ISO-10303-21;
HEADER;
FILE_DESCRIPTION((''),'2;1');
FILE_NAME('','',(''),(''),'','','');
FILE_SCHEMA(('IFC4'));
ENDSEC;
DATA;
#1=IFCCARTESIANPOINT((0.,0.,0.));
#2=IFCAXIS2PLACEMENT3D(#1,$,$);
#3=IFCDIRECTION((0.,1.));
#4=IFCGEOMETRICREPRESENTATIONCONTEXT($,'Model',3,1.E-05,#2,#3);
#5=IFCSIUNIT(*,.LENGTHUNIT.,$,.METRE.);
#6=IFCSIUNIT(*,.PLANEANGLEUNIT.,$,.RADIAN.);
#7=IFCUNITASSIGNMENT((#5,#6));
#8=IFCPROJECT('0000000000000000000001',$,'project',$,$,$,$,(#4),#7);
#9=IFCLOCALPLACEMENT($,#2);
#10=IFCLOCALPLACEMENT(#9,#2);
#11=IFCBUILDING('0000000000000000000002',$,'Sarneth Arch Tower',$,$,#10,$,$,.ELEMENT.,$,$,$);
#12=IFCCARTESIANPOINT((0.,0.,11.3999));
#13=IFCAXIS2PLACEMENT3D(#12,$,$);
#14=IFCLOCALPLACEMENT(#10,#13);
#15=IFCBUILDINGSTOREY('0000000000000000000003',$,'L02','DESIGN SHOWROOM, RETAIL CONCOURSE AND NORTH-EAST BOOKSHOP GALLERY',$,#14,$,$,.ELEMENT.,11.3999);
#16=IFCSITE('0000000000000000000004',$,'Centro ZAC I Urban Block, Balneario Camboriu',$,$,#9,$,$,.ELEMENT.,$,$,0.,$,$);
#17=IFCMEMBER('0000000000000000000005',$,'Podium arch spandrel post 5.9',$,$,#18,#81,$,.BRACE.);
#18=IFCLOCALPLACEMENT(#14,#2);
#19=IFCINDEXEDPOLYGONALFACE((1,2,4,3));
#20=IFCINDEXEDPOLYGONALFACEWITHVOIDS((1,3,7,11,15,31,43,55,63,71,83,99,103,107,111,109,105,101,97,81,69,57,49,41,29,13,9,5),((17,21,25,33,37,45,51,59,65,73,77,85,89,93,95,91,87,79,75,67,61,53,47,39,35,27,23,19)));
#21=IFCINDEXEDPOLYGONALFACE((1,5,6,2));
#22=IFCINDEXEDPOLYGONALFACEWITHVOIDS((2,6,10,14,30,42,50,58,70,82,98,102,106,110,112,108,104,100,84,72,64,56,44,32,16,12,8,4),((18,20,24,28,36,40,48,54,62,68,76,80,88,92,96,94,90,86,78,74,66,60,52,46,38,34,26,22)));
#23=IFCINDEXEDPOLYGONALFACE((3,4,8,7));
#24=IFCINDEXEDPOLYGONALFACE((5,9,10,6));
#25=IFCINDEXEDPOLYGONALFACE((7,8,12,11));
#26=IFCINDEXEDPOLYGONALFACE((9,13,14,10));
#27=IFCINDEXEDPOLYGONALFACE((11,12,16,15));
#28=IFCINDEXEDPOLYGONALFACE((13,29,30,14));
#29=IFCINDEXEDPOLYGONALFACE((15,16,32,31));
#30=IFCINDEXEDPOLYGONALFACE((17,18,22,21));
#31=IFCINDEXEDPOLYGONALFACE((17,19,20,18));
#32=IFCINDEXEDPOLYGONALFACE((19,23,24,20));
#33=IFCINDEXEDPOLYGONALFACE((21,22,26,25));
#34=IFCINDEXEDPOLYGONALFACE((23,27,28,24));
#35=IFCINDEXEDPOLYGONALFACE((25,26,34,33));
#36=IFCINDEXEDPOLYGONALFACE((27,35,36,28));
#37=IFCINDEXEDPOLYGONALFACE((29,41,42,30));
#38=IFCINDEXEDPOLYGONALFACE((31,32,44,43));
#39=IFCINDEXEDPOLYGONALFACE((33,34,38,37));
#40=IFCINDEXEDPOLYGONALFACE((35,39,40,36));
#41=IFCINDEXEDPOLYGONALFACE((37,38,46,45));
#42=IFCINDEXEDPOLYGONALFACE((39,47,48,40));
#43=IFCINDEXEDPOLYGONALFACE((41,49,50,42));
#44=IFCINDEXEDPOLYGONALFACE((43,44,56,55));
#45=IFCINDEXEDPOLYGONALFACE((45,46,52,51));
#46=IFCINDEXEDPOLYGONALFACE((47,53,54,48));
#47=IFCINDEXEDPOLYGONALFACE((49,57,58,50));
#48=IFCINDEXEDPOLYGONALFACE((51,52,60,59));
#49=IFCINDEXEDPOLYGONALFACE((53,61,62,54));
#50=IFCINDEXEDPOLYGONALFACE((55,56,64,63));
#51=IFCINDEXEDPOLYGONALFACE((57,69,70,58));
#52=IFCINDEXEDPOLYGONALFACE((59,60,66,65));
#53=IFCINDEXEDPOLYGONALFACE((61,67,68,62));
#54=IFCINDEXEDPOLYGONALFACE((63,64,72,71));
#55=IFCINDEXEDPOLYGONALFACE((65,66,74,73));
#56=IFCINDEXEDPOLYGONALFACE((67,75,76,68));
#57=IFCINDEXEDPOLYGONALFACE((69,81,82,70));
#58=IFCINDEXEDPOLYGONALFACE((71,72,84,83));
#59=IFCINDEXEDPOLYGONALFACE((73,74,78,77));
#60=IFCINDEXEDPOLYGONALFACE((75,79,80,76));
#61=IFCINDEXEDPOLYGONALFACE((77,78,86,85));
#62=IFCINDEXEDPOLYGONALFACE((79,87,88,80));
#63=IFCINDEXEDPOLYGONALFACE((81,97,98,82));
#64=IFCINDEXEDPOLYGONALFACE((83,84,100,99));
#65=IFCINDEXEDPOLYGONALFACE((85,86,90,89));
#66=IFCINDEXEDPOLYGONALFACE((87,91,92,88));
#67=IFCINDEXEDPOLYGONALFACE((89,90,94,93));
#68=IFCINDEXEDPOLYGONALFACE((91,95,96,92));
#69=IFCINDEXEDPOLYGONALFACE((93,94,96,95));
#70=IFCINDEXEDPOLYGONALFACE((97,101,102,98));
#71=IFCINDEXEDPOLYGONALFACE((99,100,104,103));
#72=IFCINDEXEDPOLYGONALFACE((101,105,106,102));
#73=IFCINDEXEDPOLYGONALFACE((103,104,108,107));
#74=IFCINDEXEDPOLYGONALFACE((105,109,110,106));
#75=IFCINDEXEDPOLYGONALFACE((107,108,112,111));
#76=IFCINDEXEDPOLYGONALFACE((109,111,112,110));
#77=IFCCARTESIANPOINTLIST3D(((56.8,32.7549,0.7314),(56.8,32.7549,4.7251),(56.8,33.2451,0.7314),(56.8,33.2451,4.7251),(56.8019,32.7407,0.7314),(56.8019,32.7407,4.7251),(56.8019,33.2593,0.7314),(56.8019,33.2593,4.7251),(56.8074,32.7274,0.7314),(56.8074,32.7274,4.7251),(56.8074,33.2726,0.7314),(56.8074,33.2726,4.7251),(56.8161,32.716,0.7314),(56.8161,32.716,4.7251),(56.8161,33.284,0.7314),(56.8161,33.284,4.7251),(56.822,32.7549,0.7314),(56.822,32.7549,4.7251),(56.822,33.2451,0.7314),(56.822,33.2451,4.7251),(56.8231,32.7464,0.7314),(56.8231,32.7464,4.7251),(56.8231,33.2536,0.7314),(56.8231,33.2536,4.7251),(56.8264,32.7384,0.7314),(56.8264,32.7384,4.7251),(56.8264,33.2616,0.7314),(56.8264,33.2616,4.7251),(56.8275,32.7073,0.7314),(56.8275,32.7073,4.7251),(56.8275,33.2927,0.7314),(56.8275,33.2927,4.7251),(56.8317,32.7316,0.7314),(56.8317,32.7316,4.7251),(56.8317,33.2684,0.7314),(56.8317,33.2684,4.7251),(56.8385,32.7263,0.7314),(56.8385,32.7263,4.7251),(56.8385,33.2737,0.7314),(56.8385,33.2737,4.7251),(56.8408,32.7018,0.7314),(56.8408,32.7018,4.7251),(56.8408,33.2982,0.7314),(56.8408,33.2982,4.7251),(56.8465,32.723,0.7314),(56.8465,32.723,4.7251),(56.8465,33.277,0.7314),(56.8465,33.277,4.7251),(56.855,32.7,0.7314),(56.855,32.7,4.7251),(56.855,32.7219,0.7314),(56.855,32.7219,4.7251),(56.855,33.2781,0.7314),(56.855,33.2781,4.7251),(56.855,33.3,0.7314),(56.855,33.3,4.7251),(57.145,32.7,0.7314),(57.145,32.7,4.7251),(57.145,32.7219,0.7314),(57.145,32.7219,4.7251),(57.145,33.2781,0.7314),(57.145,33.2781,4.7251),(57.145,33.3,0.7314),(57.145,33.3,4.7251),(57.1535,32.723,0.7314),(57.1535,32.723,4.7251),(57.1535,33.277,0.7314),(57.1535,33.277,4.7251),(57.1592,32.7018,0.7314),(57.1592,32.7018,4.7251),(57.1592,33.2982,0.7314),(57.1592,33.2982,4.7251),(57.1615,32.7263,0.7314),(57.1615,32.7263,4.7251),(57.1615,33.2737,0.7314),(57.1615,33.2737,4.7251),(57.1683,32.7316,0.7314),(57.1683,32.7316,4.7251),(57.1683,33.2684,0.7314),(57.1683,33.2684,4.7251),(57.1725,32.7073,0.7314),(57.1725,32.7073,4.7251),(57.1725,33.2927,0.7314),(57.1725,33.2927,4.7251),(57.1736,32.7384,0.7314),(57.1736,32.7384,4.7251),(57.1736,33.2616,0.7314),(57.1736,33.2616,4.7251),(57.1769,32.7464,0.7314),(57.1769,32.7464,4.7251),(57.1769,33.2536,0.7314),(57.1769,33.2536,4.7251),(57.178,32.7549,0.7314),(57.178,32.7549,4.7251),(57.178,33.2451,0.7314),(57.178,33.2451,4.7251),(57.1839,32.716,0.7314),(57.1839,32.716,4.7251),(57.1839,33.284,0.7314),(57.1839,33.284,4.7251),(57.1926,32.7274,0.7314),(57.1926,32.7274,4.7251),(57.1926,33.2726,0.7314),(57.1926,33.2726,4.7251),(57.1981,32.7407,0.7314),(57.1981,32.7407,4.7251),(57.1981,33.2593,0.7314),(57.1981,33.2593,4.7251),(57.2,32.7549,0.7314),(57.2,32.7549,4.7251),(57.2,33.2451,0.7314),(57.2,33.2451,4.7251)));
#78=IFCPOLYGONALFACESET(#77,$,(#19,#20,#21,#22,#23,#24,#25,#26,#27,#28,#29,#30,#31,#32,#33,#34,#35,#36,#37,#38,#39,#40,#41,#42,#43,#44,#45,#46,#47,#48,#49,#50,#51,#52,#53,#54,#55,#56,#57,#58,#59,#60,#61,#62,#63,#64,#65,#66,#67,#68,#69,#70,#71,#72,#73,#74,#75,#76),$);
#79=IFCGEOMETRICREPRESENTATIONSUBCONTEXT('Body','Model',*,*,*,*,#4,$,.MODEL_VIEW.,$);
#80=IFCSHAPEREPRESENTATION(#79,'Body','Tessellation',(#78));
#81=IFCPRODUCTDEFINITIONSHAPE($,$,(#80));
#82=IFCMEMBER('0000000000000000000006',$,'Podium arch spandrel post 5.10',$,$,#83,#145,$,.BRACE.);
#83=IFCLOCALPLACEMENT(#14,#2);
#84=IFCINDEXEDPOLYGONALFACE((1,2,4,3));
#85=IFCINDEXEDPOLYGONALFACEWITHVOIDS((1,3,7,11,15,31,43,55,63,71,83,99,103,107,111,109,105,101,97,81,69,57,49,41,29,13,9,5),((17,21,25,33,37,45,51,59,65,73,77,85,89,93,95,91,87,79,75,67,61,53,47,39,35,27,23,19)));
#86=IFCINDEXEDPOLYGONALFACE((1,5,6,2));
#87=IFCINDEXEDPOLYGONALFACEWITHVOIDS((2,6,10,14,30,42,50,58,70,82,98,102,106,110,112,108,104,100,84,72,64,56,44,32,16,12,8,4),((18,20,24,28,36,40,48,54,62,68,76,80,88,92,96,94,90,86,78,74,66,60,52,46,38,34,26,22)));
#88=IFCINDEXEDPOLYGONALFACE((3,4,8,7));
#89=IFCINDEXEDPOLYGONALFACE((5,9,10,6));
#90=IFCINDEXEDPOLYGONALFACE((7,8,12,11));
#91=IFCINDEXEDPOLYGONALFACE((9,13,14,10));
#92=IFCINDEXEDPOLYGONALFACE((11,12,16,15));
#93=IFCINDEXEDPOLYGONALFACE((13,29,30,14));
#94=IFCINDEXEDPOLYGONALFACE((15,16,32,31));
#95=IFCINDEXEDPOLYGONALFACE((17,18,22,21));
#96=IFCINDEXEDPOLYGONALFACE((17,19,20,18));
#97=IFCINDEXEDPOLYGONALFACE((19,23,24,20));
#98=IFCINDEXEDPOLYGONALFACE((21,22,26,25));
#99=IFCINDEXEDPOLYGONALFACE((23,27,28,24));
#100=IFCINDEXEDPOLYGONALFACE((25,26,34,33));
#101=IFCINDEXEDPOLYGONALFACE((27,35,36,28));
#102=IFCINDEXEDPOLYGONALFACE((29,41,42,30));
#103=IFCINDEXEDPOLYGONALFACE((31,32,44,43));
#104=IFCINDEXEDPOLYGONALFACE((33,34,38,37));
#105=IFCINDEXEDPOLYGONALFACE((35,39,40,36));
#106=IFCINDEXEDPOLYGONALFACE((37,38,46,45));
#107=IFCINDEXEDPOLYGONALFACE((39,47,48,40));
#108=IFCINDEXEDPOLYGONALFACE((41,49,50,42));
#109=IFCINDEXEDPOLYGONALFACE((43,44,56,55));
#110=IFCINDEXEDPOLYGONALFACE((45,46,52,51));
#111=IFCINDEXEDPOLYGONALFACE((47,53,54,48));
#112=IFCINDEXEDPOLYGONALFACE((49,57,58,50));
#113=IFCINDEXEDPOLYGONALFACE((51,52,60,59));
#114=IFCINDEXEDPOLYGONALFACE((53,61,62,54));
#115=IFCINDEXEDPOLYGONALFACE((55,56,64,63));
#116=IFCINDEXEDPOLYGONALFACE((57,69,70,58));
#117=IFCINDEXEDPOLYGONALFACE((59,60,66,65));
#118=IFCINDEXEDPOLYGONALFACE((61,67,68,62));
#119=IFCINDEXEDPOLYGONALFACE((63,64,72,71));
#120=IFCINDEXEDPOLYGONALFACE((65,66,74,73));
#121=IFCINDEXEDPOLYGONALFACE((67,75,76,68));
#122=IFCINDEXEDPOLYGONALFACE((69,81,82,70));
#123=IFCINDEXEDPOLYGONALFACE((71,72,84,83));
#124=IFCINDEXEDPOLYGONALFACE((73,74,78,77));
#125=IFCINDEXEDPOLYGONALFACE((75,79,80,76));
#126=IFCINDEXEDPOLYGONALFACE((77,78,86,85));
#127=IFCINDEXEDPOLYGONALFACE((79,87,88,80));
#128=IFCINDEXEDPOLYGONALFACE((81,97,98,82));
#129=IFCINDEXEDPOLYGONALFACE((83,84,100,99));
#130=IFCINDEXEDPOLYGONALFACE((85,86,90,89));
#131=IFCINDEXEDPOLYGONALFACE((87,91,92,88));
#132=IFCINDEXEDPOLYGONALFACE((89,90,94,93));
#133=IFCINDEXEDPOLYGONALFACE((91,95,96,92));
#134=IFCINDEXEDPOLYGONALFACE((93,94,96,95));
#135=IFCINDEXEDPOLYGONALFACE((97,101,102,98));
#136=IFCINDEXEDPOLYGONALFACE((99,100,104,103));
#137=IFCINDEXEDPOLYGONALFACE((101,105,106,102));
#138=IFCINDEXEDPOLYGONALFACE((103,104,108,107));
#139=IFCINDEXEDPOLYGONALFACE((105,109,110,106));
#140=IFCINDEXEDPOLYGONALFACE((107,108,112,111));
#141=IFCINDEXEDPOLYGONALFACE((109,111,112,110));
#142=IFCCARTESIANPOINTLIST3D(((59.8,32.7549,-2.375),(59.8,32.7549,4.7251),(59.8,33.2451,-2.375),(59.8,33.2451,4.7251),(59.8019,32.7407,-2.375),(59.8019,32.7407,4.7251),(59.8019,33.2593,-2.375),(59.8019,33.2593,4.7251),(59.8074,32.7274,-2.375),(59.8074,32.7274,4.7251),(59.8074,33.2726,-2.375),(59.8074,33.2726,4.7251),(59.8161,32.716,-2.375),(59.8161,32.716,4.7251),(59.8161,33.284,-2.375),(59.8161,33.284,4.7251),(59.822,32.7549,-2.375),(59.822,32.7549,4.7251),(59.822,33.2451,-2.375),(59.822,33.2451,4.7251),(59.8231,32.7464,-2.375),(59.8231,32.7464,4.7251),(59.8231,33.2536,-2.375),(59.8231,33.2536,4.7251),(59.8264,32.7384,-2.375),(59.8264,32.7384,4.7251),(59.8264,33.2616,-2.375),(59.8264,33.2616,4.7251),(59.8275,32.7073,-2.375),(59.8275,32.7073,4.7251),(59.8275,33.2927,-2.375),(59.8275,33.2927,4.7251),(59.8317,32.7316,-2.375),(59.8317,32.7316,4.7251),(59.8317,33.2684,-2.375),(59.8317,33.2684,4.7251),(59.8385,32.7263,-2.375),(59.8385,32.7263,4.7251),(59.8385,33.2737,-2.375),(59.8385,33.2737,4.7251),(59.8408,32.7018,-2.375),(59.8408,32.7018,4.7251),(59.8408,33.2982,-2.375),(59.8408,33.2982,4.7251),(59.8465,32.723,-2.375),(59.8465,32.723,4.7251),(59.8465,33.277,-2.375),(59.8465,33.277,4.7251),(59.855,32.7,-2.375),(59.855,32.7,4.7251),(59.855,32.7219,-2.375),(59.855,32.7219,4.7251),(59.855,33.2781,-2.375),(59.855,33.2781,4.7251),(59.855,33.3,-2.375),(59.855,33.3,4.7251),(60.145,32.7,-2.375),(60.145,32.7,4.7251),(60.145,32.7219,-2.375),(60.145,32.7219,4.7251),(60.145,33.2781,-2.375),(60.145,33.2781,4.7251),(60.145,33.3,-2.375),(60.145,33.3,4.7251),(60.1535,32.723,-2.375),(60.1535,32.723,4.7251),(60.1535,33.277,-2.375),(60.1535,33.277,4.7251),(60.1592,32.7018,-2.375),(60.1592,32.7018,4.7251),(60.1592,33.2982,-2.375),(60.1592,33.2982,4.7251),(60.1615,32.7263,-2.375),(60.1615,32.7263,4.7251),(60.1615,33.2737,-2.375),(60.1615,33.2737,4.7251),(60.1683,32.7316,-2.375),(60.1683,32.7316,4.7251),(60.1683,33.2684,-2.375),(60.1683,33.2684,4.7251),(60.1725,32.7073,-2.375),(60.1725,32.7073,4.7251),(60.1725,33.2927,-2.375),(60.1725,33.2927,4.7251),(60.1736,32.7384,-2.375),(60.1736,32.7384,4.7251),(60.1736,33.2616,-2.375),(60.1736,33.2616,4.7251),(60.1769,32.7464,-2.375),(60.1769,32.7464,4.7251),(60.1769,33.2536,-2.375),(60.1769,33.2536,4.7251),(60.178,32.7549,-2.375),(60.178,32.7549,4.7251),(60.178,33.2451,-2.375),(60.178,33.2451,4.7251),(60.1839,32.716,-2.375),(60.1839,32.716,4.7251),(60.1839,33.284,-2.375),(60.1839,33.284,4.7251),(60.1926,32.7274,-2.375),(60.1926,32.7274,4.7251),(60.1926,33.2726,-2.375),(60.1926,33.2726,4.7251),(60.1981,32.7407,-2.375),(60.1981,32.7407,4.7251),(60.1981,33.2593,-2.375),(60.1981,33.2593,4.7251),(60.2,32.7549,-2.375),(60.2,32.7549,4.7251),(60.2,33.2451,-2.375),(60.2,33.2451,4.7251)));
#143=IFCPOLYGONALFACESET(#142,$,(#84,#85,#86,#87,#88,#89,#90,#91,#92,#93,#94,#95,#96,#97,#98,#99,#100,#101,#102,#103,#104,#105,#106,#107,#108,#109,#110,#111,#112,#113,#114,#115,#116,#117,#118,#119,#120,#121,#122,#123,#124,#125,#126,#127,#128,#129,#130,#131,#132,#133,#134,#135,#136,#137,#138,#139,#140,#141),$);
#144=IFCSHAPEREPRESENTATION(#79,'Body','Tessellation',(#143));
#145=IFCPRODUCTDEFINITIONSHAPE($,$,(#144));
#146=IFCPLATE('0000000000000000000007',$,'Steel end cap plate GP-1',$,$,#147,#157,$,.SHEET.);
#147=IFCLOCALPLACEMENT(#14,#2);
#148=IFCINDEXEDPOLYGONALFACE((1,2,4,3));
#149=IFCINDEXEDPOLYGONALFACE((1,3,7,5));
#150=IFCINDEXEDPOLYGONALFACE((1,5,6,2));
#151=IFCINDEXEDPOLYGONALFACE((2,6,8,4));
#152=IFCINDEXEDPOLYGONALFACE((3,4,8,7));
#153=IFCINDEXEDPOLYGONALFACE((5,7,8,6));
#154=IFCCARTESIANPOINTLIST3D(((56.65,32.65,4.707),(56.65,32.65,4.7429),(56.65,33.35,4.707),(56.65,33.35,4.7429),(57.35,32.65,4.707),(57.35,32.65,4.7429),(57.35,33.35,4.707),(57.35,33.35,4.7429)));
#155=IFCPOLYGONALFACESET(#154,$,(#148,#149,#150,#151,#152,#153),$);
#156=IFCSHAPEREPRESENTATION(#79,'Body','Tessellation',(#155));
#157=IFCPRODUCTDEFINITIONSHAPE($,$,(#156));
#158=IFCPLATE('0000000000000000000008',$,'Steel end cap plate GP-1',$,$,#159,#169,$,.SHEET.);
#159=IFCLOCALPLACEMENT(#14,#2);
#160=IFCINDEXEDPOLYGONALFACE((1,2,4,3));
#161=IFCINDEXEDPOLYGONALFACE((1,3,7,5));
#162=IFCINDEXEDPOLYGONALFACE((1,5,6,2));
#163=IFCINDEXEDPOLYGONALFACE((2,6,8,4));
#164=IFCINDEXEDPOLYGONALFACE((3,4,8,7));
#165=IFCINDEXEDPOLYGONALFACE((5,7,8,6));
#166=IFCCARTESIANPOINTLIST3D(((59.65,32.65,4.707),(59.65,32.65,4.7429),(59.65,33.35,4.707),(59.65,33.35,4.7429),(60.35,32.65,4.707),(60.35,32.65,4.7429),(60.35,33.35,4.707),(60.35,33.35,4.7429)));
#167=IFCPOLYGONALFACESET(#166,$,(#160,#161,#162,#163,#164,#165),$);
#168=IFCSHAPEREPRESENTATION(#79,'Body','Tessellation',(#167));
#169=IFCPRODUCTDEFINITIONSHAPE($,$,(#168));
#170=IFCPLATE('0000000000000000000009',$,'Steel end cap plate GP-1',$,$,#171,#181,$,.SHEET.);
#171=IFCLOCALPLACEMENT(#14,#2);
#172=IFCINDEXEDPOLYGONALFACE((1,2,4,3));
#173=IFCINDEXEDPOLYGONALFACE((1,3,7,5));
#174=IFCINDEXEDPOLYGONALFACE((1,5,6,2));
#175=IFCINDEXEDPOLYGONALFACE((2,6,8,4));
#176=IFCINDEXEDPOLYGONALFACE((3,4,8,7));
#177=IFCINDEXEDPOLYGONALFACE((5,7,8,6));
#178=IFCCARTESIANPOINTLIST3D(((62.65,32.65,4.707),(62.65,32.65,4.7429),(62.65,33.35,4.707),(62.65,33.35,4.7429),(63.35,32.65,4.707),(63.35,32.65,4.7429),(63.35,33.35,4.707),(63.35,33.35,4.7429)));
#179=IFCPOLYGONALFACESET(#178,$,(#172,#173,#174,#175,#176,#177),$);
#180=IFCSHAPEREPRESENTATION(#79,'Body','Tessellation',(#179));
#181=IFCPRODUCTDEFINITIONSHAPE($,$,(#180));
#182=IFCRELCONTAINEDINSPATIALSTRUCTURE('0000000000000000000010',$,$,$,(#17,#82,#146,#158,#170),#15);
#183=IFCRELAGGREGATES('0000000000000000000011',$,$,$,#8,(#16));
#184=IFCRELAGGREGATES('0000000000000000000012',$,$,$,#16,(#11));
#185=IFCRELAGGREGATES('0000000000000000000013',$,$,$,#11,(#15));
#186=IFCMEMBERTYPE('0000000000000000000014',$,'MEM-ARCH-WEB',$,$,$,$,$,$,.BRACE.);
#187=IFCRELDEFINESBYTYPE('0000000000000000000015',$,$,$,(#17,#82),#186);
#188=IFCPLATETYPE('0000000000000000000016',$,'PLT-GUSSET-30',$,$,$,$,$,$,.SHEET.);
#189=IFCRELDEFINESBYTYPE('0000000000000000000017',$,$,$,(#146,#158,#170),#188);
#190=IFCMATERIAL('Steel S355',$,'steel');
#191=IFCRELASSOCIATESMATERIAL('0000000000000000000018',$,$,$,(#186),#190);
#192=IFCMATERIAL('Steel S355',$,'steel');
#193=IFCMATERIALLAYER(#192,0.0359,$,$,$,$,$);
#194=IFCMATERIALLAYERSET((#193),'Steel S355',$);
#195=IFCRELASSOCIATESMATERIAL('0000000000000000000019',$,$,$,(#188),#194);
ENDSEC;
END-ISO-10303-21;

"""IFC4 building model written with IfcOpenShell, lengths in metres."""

from ifc_helpers import new_model, si_unit, direction, frame, origin, origin_2d, place, context, subcontext, project, spatial, rectangle, hollow_rectangle, extrude, material, layer, layer_set, material_profile, profile_set, type_object, element, save


model = new_model("IFC4")

# Units and contexts
model_context = context("Model", 3, precision=1e-05, world=origin(), true_north=direction((0.0, 1.0)))
body_context = subcontext(model_context, "Body", "Model", "MODEL_VIEW")
ifc_project = project(units=[si_unit("LENGTHUNIT", "METRE"), si_unit("PLANEANGLEUNIT", "RADIAN")], contexts=[model_context])

# Site, building, storey
site_placement = place(None, origin())
site = spatial("IfcSite", under=ifc_project, at=site_placement, Name="Centro ZAC I Urban Block, Balneario Camboriu", CompositionType="ELEMENT", RefElevation=0.0)
building_placement = place(site_placement, origin())
building = spatial("IfcBuilding", under=site, at=building_placement, Name="Sarneth Arch Tower", CompositionType="ELEMENT")
storey_placement = place(building_placement, frame((0.0, 0.0, 11.3999)))
storey = spatial("IfcBuildingStorey", under=building, at=storey_placement, Name="L02", Description="DESIGN SHOWROOM, RETAIL CONCOURSE AND NORTH-EAST BOOKSHOP GALLERY", CompositionType="ELEMENT", Elevation=11.3999)

# Members
ifc_material_1 = material(Name="Steel S355", Category="steel")
ifc_material_profile_1 = material_profile(ifc_material_1, hollow_rectangle(XDim=0.3999, YDim=0.6001, WallThickness=0.022, InnerFilletRadius=0.033, OuterFilletRadius=0.0549, at=origin_2d()), Name="RHS600x400x22")
ifc_profile_set_1 = profile_set([ifc_material_profile_1], Name="Steel S355")
member_type = type_object("IfcMemberType", Name="MEM-ARCH-WEB", PredefinedType="BRACE", material=ifc_profile_set_1)
member_1_placement = place(storey_placement, frame((57.0, 33.0, 0.7314), z_axis=(0.0, 0.0, 1.0), x_axis=(1.0, 0.0, 0.0)))
element("IfcMember", 1, at=member_1_placement, inside=storey, type_object=member_type, Name="Podium arch spandrel post 5.9", PredefinedType="BRACE", context=body_context, shape_type="SweptSolid", body=[
    extrude(hollow_rectangle(XDim=0.3999, YDim=0.6001, WallThickness=0.022, InnerFilletRadius=0.033, OuterFilletRadius=0.0549, at=origin_2d()), origin(), (0.0, 0.0, 1.0), 3.9937),
])
member_2_placement = place(storey_placement, frame((60.0, 33.0, -2.375), z_axis=(0.0, 0.0, 1.0), x_axis=(1.0, 0.0, 0.0)))
element("IfcMember", 2, at=member_2_placement, inside=storey, type_object=member_type, Name="Podium arch spandrel post 5.10", PredefinedType="BRACE", context=body_context, shape_type="SweptSolid", body=[
    extrude(hollow_rectangle(XDim=0.3999, YDim=0.6001, WallThickness=0.022, InnerFilletRadius=0.033, OuterFilletRadius=0.0549, at=origin_2d()), origin(), (0.0, 0.0, 1.0), 7.1001),
])

# Plates
ifc_material_2 = material(Name="Steel S355", Category="steel")
ifc_layer_1 = layer(ifc_material_2, 0.0359)
ifc_layer_set_1 = layer_set([ifc_layer_1], Name="Steel S355")
plate_type = type_object("IfcPlateType", Name="PLT-GUSSET-30", PredefinedType="SHEET", material=ifc_layer_set_1)
for number, where, z_axis, x_axis, name in (
    (3, (57.0, 33.0, 4.707), (0.0, 0.0, 1.0), (1.0, 0.0, 0.0), "Steel end cap plate GP-1"),
    (4, (60.0, 33.0, 4.707), (0.0, 0.0, 1.0), (1.0, 0.0, 0.0), "Steel end cap plate GP-1"),
    (5, (63.0, 33.0, 4.707), (0.0, 0.0, 1.0), (1.0, 0.0, 0.0), "Steel end cap plate GP-1"),
):
    element("IfcPlate", number, at=place(storey_placement, frame(where, z_axis=z_axis, x_axis=x_axis)), inside=storey, type_object=plate_type, Name=name, PredefinedType="SHEET", context=body_context, shape_type="SweptSolid", body=[
        extrude(rectangle(XDim=0.7, YDim=0.7, at=origin_2d()), origin(), (0.0, 0.0, 1.0), 0.0359),
    ])

save(model, "model.ifc")
